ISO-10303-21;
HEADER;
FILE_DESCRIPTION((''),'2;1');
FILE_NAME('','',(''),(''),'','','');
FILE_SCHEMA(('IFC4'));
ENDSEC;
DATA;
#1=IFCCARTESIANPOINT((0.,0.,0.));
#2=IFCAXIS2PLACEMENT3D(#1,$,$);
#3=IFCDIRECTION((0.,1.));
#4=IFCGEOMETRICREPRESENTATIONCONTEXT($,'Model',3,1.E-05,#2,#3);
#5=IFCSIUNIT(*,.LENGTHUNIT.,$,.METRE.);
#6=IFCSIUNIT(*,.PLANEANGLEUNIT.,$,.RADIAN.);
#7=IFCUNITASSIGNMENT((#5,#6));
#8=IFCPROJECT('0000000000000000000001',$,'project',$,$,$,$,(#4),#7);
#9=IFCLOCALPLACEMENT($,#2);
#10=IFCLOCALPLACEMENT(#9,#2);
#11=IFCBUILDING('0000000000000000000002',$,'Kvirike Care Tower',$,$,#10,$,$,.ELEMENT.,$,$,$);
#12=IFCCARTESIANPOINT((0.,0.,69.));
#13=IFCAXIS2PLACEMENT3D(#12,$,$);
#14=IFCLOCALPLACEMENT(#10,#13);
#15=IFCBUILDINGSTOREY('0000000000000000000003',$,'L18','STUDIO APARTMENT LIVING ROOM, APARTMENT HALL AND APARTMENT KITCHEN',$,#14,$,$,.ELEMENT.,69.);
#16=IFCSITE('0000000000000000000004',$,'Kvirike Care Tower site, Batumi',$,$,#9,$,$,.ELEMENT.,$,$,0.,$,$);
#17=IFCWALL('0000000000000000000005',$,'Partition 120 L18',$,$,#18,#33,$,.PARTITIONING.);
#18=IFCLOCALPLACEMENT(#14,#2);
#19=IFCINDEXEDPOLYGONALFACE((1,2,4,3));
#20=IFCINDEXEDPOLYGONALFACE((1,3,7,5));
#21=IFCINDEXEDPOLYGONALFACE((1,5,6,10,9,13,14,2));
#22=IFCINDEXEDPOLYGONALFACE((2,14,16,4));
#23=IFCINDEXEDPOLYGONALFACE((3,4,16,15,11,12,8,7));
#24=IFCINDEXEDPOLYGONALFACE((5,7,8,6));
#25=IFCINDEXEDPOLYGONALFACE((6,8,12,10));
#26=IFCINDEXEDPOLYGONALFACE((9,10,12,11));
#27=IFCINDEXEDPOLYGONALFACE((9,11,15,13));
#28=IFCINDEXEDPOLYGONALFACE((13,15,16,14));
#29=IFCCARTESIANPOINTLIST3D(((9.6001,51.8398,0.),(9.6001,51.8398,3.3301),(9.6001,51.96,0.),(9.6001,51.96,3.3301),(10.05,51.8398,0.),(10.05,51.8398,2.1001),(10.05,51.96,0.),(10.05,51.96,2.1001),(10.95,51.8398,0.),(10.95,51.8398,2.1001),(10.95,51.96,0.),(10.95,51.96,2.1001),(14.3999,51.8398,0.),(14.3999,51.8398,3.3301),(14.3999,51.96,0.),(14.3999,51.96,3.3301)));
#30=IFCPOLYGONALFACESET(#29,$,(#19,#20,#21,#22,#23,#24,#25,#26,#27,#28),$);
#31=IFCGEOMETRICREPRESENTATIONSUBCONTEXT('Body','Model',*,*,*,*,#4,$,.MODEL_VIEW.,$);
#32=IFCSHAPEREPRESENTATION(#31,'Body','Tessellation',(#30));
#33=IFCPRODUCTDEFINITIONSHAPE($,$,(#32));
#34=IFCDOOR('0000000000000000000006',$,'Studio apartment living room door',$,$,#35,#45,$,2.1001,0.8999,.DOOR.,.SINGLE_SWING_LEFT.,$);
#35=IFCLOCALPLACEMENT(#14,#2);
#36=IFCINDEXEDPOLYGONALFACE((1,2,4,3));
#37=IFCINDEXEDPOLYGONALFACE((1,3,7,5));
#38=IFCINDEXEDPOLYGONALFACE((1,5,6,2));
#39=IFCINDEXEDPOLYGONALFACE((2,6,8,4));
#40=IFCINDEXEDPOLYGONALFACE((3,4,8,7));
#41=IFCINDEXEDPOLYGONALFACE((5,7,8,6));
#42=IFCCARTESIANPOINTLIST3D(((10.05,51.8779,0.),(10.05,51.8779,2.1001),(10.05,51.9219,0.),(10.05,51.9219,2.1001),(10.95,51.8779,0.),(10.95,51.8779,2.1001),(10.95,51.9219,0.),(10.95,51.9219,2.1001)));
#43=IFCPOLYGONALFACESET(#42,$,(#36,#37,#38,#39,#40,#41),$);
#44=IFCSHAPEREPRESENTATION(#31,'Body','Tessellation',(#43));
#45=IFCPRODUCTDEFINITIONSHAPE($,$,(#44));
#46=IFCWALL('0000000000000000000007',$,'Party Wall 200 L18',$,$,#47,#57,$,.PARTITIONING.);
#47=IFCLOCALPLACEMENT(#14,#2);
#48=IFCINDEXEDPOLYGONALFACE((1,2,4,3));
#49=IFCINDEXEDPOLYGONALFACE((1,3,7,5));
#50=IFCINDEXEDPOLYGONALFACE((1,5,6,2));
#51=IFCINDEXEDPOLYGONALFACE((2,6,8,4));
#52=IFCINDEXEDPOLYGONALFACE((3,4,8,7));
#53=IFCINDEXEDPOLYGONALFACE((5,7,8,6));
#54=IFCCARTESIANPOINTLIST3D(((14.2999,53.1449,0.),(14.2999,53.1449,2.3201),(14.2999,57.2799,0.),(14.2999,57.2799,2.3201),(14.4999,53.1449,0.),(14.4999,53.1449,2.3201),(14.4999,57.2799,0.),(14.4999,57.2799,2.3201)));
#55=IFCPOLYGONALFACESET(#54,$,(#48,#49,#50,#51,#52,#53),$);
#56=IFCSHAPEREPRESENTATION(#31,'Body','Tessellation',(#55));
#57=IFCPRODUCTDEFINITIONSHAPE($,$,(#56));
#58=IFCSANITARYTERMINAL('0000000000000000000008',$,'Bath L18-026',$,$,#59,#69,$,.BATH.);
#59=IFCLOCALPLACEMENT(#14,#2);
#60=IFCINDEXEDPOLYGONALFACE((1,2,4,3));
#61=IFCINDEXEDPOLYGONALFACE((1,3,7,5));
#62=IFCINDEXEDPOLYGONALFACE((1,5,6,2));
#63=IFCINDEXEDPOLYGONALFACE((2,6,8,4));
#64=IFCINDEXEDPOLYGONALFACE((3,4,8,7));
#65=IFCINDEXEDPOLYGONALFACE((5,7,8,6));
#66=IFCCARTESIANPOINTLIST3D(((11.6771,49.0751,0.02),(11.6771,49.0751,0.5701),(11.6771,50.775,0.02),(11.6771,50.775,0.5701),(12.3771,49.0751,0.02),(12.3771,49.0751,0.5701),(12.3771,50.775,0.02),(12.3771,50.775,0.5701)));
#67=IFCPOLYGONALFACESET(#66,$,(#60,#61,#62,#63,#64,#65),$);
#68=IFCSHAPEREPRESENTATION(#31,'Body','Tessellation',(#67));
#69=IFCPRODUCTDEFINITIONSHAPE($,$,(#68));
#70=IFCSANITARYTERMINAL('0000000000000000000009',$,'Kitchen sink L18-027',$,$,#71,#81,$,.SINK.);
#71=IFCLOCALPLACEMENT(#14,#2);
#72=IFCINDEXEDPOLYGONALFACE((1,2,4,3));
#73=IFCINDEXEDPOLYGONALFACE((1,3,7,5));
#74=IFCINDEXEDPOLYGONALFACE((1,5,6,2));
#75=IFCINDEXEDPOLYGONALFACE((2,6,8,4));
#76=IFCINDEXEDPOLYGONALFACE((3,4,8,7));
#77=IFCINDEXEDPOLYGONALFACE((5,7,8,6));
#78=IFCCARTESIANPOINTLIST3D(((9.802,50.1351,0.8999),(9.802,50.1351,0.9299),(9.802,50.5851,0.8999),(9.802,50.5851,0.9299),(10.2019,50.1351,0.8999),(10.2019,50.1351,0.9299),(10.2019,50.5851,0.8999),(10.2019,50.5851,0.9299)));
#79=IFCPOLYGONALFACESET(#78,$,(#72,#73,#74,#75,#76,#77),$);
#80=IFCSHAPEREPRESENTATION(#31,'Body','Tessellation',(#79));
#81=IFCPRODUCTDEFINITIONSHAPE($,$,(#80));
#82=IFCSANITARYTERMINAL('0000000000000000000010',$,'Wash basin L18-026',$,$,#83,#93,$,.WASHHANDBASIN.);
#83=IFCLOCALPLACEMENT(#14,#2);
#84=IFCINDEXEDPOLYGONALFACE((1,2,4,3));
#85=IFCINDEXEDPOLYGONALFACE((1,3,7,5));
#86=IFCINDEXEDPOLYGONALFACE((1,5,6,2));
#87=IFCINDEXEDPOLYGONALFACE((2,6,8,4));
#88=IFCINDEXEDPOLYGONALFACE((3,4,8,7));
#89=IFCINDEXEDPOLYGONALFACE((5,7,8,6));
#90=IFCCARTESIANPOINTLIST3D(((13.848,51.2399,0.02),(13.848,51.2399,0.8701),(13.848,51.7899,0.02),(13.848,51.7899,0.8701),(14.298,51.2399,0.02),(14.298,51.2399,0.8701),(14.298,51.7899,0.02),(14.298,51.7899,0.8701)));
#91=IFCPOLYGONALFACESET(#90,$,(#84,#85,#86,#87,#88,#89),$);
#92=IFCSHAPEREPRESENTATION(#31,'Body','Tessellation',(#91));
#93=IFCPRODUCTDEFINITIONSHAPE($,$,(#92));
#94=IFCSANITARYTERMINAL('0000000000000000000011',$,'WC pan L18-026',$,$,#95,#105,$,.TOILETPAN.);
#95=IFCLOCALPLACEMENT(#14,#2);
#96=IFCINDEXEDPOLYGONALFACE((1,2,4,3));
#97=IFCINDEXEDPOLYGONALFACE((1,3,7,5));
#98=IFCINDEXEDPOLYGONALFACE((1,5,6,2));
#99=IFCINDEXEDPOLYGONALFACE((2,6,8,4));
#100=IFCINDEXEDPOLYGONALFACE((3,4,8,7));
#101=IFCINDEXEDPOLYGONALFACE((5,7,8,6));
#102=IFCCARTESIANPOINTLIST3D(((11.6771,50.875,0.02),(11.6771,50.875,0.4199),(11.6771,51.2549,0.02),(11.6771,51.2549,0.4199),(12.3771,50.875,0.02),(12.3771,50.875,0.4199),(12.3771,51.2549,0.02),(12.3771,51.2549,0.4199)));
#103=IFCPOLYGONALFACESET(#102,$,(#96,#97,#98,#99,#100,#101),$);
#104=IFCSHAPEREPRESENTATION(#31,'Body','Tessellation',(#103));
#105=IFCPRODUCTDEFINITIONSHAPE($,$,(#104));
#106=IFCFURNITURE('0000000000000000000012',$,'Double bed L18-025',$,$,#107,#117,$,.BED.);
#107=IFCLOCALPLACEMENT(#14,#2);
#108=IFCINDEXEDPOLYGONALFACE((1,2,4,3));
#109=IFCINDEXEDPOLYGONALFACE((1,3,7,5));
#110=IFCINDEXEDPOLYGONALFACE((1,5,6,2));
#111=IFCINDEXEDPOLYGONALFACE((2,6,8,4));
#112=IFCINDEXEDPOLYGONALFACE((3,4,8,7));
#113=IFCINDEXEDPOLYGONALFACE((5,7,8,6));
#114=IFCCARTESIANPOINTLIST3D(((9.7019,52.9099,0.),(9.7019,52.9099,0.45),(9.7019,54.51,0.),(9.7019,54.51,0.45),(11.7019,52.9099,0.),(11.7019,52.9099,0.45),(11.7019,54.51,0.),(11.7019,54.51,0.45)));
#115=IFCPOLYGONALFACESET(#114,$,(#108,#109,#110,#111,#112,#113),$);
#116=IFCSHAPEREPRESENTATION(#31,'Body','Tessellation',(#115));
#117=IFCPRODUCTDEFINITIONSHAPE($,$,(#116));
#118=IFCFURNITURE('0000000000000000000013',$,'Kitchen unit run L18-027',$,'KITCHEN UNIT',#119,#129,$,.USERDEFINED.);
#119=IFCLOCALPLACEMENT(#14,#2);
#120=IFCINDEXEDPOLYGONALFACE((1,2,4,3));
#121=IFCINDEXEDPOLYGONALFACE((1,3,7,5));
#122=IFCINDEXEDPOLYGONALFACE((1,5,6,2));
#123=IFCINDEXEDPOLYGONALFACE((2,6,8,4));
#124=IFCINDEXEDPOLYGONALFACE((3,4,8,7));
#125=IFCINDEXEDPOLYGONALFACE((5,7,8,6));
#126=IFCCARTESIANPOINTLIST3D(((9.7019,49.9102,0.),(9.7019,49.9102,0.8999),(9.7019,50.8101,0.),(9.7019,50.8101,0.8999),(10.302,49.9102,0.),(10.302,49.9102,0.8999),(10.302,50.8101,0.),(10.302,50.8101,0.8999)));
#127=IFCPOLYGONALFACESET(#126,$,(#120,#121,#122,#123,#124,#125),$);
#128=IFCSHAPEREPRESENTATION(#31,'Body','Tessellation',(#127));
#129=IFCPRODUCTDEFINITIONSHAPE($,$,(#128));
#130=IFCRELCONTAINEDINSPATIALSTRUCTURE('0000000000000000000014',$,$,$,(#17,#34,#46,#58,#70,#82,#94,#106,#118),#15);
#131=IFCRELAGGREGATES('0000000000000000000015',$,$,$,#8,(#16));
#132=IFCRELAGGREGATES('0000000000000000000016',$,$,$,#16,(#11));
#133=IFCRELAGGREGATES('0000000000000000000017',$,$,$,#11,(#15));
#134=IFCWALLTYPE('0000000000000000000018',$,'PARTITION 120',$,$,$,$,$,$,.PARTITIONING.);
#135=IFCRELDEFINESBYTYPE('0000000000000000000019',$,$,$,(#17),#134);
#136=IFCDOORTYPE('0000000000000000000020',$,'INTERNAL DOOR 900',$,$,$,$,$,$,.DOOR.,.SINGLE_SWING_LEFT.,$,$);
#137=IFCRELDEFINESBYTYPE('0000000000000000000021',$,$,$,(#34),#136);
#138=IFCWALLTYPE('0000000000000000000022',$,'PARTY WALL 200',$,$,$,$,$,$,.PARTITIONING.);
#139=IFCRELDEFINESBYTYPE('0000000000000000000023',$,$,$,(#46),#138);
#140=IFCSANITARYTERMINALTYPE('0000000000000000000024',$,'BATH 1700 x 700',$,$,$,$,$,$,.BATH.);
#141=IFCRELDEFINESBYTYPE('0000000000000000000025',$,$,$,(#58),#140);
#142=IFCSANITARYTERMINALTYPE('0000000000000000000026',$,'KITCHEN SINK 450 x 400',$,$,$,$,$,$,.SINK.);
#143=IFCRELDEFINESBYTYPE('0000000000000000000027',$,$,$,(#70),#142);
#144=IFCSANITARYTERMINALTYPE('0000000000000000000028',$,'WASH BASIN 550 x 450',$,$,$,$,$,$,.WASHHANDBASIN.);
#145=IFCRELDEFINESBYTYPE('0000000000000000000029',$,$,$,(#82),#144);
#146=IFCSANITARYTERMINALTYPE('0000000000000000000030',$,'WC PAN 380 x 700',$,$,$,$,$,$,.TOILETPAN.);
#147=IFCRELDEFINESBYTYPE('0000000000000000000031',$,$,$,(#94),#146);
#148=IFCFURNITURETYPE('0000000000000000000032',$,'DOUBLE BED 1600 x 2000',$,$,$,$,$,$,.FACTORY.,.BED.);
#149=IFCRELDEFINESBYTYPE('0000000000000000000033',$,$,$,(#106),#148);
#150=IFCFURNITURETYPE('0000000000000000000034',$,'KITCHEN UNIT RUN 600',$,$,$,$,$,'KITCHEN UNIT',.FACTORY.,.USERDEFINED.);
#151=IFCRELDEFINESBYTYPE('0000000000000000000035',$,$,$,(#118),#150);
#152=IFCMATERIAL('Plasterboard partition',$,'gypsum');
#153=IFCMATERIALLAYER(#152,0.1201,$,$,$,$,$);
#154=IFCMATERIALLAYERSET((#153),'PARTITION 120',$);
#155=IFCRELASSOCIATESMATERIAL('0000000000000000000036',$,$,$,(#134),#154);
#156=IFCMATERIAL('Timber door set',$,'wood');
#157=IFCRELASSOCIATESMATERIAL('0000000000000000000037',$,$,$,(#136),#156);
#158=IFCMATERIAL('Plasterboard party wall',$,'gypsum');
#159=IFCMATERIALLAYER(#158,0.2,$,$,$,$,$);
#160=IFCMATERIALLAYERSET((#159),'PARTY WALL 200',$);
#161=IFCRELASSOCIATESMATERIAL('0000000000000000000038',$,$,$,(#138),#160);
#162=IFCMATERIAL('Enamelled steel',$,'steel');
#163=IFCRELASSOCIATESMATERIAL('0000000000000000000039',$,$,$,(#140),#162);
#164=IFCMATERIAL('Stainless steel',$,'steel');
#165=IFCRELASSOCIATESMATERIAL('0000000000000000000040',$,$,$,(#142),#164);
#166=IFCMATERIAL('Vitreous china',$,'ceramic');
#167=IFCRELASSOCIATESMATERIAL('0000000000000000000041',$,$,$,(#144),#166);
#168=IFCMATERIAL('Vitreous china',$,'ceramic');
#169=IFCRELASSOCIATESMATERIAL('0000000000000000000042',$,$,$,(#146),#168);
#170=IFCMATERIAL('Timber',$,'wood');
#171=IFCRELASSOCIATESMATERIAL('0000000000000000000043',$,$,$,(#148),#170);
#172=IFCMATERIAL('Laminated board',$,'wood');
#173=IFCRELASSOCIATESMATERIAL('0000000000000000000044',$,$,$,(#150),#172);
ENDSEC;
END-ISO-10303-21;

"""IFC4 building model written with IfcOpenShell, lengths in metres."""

from ifc_helpers import new_model, si_unit, direction, frame, frame_2d, origin, origin_2d, place, context, subcontext, project, spatial, rectangle, extrude, material, layer, layer_set, type_object, element, fill, save


model = new_model("IFC4")

# Units and contexts
model_context = context("Model", 3, precision=1e-05, world=origin(), true_north=direction((0.0, 1.0)))
body_context = subcontext(model_context, "Body", "Model", "MODEL_VIEW")
ifc_project = project(units=[si_unit("LENGTHUNIT", "METRE"), si_unit("PLANEANGLEUNIT", "RADIAN")], contexts=[model_context])

# Site, building, storey
site_placement = place(None, origin())
site = spatial("IfcSite", under=ifc_project, at=site_placement, Name="Kvirike Care Tower site, Batumi", CompositionType="ELEMENT", RefElevation=0.0)
building_placement = place(site_placement, origin())
building = spatial("IfcBuilding", under=site, at=building_placement, Name="Kvirike Care Tower", CompositionType="ELEMENT")
storey_placement = place(building_placement, frame((0.0, 0.0, 69.0)))
storey = spatial("IfcBuildingStorey", under=building, at=storey_placement, Name="L18", Description="STUDIO APARTMENT LIVING ROOM, APARTMENT HALL AND APARTMENT KITCHEN", CompositionType="ELEMENT", Elevation=69.0)

# Wall, opening, door
ifc_material_1 = material(Name="Plasterboard partition", Category="gypsum")
ifc_layer_1 = layer(ifc_material_1, 0.1201)
ifc_layer_set_1 = layer_set([ifc_layer_1], Name="PARTITION 120")
wall_type_1 = type_object("IfcWallType", Name="PARTITION 120", PredefinedType="PARTITIONING", material=ifc_layer_set_1)
ifc_material_2 = material(Name="Timber door set", Category="wood")
door_type_1 = type_object("IfcDoorType", Name="INTERNAL DOOR 900", OperationType="SINGLE_SWING_LEFT", PredefinedType="DOOR", material=ifc_material_2)
wall_1_placement = place(storey_placement, frame((14.3999, 51.8999, 0.0), z_axis=(0.0, 0.0, 1.0), x_axis=(-1.0, 0.0, 0.0)))
wall_1 = element("IfcWall", 1, at=wall_1_placement, inside=storey, type_object=wall_type_1, Name="Partition 120 L18", PredefinedType="PARTITIONING", context=body_context, shape_type="SweptSolid", body=[
    extrude(rectangle(XDim=4.7998, YDim=0.1201, at=frame_2d((2.3999, 0.0))), origin(), (0.0, 0.0, 1.0), 3.3301),
])
opening_1_placement = place(wall_1_placement, frame((3.45, 0.0, 0.0)))
opening_1 = element("IfcOpeningElement", 2, at=opening_1_placement, cuts=wall_1, PredefinedType="OPENING", context=body_context, shape_type="SweptSolid", body=[
    extrude(rectangle(XDim=0.8999, YDim=2.1001, at=frame_2d((0.45, 1.05))), frame((0.0, 0.0706, 0.0), z_axis=(0.0, -1.0, 0.0), x_axis=(1.0, 0.0, 0.0)), (0.0, 0.0, 1.0), 0.1411),
])
door_1_placement = place(opening_1_placement, origin())
door_1 = element("IfcDoor", 3, at=door_1_placement, inside=storey, type_object=door_type_1, Name="Studio apartment living room door", OperationType="SINGLE_SWING_LEFT", OverallHeight=2.1001, OverallWidth=0.8999, PredefinedType="DOOR", context=body_context, shape_type="SweptSolid", body=[
    extrude(rectangle(XDim=0.8999, YDim=2.1001, at=frame_2d((0.45, 1.05))), frame((0.0, 0.022, 0.0), z_axis=(0.0, -1.0, 0.0), x_axis=(1.0, 0.0, 0.0)), (0.0, 0.0, 1.0), 0.0439),
])
fill(opening_1, door_1)

# Wall
ifc_material_3 = material(Name="Plasterboard party wall", Category="gypsum")
ifc_layer_2 = layer(ifc_material_3, 0.2)
ifc_layer_set_2 = layer_set([ifc_layer_2], Name="PARTY WALL 200")
wall_type_2 = type_object("IfcWallType", Name="PARTY WALL 200", PredefinedType="PARTITIONING", material=ifc_layer_set_2)
wall_2_placement = place(storey_placement, frame((14.3999, 53.145, 0.0), z_axis=(0.0, 0.0, 1.0), x_axis=(0.0, 1.0, 0.0)))
element("IfcWall", 4, at=wall_2_placement, inside=storey, type_object=wall_type_2, Name="Party Wall 200 L18", PredefinedType="PARTITIONING", context=body_context, shape_type="SweptSolid", body=[
    extrude(rectangle(XDim=4.135, YDim=0.2, at=frame_2d((2.0674, 0.0))), origin(), (0.0, 0.0, 1.0), 2.3201),
])

# Sanitary terminals
ifc_material_4 = material(Name="Enamelled steel", Category="steel")
sanitary_terminal_type_1 = type_object("IfcSanitaryTerminalType", Name="BATH 1700 x 700", PredefinedType="BATH", material=ifc_material_4)
sanitary_terminal_1_placement = place(storey_placement, frame((12.0271, 49.925, 0.02), z_axis=(0.0, 0.0, 1.0), x_axis=(0.0, 1.0, 0.0)))
element("IfcSanitaryTerminal", 5, at=sanitary_terminal_1_placement, inside=storey, type_object=sanitary_terminal_type_1, Name="Bath L18-026", PredefinedType="BATH", context=body_context, shape_type="SweptSolid", body=[
    extrude(rectangle(XDim=1.7, YDim=0.7, at=origin_2d()), origin(), (0.0, 0.0, 1.0), 0.55),
])
ifc_material_5 = material(Name="Stainless steel", Category="steel")
sanitary_terminal_type_2 = type_object("IfcSanitaryTerminalType", Name="KITCHEN SINK 450 x 400", PredefinedType="SINK", material=ifc_material_5)
sanitary_terminal_2_placement = place(storey_placement, frame((10.002, 50.3601, 0.8999), z_axis=(0.0, 0.0, 1.0), x_axis=(0.0, 1.0, 0.0)))
element("IfcSanitaryTerminal", 6, at=sanitary_terminal_2_placement, inside=storey, type_object=sanitary_terminal_type_2, Name="Kitchen sink L18-027", PredefinedType="SINK", context=body_context, shape_type="SweptSolid", body=[
    extrude(rectangle(XDim=0.45, YDim=0.3999, at=origin_2d()), origin(), (0.0, 0.0, 1.0), 0.03),
])
ifc_material_6 = material(Name="Vitreous china", Category="ceramic")
sanitary_terminal_type_3 = type_object("IfcSanitaryTerminalType", Name="WASH BASIN 550 x 450", PredefinedType="WASHHANDBASIN", material=ifc_material_6)
sanitary_terminal_3_placement = place(storey_placement, frame((14.073, 51.5149, 0.02), z_axis=(0.0, 0.0, 1.0), x_axis=(0.0, -1.0, 0.0)))
element("IfcSanitaryTerminal", 7, at=sanitary_terminal_3_placement, inside=storey, type_object=sanitary_terminal_type_3, Name="Wash basin L18-026", PredefinedType="WASHHANDBASIN", context=body_context, shape_type="SweptSolid", body=[
    extrude(rectangle(XDim=0.55, YDim=0.45, at=origin_2d()), origin(), (0.0, 0.0, 1.0), 0.8501),
])
ifc_material_7 = material(Name="Vitreous china", Category="ceramic")
sanitary_terminal_type_4 = type_object("IfcSanitaryTerminalType", Name="WC PAN 380 x 700", PredefinedType="TOILETPAN", material=ifc_material_7)
sanitary_terminal_4_placement = place(storey_placement, frame((12.0271, 51.0649, 0.02), z_axis=(0.0, 0.0, 1.0), x_axis=(0.0, 1.0, 0.0)))
element("IfcSanitaryTerminal", 8, at=sanitary_terminal_4_placement, inside=storey, type_object=sanitary_terminal_type_4, Name="WC pan L18-026", PredefinedType="TOILETPAN", context=body_context, shape_type="SweptSolid", body=[
    extrude(rectangle(XDim=0.3799, YDim=0.7, at=origin_2d()), origin(), (0.0, 0.0, 1.0), 0.3999),
])

# Furniture
ifc_material_8 = material(Name="Timber", Category="wood")
furniture_type_1 = type_object("IfcFurnitureType", Name="DOUBLE BED 1600 x 2000", AssemblyPlace="FACTORY", PredefinedType="BED", material=ifc_material_8)
furniture_1_placement = place(storey_placement, frame((10.7019, 53.71, 0.0), z_axis=(0.0, 0.0, 1.0), x_axis=(0.0, 1.0, 0.0)))
element("IfcFurniture", 9, at=furniture_1_placement, inside=storey, type_object=furniture_type_1, Name="Double bed L18-025", PredefinedType="BED", context=body_context, shape_type="SweptSolid", body=[
    extrude(rectangle(XDim=1.6001, YDim=2.0, at=origin_2d()), origin(), (0.0, 0.0, 1.0), 0.45),
])
ifc_material_9 = material(Name="Laminated board", Category="wood")
furniture_type_2 = type_object("IfcFurnitureType", Name="KITCHEN UNIT RUN 600", ElementType="KITCHEN UNIT", AssemblyPlace="FACTORY", PredefinedType="USERDEFINED", material=ifc_material_9)
furniture_2_placement = place(storey_placement, frame((10.002, 50.3601, 0.0), z_axis=(0.0, 0.0, 1.0), x_axis=(0.0, 1.0, 0.0)))
element("IfcFurniture", 10, at=furniture_2_placement, inside=storey, type_object=furniture_type_2, Name="Kitchen unit run L18-027", ObjectType="KITCHEN UNIT", PredefinedType="USERDEFINED", context=body_context, shape_type="SweptSolid", body=[
    extrude(rectangle(XDim=0.8999, YDim=0.6001, at=origin_2d()), origin(), (0.0, 0.0, 1.0), 0.8999),
])

save(model, "model.ifc")
